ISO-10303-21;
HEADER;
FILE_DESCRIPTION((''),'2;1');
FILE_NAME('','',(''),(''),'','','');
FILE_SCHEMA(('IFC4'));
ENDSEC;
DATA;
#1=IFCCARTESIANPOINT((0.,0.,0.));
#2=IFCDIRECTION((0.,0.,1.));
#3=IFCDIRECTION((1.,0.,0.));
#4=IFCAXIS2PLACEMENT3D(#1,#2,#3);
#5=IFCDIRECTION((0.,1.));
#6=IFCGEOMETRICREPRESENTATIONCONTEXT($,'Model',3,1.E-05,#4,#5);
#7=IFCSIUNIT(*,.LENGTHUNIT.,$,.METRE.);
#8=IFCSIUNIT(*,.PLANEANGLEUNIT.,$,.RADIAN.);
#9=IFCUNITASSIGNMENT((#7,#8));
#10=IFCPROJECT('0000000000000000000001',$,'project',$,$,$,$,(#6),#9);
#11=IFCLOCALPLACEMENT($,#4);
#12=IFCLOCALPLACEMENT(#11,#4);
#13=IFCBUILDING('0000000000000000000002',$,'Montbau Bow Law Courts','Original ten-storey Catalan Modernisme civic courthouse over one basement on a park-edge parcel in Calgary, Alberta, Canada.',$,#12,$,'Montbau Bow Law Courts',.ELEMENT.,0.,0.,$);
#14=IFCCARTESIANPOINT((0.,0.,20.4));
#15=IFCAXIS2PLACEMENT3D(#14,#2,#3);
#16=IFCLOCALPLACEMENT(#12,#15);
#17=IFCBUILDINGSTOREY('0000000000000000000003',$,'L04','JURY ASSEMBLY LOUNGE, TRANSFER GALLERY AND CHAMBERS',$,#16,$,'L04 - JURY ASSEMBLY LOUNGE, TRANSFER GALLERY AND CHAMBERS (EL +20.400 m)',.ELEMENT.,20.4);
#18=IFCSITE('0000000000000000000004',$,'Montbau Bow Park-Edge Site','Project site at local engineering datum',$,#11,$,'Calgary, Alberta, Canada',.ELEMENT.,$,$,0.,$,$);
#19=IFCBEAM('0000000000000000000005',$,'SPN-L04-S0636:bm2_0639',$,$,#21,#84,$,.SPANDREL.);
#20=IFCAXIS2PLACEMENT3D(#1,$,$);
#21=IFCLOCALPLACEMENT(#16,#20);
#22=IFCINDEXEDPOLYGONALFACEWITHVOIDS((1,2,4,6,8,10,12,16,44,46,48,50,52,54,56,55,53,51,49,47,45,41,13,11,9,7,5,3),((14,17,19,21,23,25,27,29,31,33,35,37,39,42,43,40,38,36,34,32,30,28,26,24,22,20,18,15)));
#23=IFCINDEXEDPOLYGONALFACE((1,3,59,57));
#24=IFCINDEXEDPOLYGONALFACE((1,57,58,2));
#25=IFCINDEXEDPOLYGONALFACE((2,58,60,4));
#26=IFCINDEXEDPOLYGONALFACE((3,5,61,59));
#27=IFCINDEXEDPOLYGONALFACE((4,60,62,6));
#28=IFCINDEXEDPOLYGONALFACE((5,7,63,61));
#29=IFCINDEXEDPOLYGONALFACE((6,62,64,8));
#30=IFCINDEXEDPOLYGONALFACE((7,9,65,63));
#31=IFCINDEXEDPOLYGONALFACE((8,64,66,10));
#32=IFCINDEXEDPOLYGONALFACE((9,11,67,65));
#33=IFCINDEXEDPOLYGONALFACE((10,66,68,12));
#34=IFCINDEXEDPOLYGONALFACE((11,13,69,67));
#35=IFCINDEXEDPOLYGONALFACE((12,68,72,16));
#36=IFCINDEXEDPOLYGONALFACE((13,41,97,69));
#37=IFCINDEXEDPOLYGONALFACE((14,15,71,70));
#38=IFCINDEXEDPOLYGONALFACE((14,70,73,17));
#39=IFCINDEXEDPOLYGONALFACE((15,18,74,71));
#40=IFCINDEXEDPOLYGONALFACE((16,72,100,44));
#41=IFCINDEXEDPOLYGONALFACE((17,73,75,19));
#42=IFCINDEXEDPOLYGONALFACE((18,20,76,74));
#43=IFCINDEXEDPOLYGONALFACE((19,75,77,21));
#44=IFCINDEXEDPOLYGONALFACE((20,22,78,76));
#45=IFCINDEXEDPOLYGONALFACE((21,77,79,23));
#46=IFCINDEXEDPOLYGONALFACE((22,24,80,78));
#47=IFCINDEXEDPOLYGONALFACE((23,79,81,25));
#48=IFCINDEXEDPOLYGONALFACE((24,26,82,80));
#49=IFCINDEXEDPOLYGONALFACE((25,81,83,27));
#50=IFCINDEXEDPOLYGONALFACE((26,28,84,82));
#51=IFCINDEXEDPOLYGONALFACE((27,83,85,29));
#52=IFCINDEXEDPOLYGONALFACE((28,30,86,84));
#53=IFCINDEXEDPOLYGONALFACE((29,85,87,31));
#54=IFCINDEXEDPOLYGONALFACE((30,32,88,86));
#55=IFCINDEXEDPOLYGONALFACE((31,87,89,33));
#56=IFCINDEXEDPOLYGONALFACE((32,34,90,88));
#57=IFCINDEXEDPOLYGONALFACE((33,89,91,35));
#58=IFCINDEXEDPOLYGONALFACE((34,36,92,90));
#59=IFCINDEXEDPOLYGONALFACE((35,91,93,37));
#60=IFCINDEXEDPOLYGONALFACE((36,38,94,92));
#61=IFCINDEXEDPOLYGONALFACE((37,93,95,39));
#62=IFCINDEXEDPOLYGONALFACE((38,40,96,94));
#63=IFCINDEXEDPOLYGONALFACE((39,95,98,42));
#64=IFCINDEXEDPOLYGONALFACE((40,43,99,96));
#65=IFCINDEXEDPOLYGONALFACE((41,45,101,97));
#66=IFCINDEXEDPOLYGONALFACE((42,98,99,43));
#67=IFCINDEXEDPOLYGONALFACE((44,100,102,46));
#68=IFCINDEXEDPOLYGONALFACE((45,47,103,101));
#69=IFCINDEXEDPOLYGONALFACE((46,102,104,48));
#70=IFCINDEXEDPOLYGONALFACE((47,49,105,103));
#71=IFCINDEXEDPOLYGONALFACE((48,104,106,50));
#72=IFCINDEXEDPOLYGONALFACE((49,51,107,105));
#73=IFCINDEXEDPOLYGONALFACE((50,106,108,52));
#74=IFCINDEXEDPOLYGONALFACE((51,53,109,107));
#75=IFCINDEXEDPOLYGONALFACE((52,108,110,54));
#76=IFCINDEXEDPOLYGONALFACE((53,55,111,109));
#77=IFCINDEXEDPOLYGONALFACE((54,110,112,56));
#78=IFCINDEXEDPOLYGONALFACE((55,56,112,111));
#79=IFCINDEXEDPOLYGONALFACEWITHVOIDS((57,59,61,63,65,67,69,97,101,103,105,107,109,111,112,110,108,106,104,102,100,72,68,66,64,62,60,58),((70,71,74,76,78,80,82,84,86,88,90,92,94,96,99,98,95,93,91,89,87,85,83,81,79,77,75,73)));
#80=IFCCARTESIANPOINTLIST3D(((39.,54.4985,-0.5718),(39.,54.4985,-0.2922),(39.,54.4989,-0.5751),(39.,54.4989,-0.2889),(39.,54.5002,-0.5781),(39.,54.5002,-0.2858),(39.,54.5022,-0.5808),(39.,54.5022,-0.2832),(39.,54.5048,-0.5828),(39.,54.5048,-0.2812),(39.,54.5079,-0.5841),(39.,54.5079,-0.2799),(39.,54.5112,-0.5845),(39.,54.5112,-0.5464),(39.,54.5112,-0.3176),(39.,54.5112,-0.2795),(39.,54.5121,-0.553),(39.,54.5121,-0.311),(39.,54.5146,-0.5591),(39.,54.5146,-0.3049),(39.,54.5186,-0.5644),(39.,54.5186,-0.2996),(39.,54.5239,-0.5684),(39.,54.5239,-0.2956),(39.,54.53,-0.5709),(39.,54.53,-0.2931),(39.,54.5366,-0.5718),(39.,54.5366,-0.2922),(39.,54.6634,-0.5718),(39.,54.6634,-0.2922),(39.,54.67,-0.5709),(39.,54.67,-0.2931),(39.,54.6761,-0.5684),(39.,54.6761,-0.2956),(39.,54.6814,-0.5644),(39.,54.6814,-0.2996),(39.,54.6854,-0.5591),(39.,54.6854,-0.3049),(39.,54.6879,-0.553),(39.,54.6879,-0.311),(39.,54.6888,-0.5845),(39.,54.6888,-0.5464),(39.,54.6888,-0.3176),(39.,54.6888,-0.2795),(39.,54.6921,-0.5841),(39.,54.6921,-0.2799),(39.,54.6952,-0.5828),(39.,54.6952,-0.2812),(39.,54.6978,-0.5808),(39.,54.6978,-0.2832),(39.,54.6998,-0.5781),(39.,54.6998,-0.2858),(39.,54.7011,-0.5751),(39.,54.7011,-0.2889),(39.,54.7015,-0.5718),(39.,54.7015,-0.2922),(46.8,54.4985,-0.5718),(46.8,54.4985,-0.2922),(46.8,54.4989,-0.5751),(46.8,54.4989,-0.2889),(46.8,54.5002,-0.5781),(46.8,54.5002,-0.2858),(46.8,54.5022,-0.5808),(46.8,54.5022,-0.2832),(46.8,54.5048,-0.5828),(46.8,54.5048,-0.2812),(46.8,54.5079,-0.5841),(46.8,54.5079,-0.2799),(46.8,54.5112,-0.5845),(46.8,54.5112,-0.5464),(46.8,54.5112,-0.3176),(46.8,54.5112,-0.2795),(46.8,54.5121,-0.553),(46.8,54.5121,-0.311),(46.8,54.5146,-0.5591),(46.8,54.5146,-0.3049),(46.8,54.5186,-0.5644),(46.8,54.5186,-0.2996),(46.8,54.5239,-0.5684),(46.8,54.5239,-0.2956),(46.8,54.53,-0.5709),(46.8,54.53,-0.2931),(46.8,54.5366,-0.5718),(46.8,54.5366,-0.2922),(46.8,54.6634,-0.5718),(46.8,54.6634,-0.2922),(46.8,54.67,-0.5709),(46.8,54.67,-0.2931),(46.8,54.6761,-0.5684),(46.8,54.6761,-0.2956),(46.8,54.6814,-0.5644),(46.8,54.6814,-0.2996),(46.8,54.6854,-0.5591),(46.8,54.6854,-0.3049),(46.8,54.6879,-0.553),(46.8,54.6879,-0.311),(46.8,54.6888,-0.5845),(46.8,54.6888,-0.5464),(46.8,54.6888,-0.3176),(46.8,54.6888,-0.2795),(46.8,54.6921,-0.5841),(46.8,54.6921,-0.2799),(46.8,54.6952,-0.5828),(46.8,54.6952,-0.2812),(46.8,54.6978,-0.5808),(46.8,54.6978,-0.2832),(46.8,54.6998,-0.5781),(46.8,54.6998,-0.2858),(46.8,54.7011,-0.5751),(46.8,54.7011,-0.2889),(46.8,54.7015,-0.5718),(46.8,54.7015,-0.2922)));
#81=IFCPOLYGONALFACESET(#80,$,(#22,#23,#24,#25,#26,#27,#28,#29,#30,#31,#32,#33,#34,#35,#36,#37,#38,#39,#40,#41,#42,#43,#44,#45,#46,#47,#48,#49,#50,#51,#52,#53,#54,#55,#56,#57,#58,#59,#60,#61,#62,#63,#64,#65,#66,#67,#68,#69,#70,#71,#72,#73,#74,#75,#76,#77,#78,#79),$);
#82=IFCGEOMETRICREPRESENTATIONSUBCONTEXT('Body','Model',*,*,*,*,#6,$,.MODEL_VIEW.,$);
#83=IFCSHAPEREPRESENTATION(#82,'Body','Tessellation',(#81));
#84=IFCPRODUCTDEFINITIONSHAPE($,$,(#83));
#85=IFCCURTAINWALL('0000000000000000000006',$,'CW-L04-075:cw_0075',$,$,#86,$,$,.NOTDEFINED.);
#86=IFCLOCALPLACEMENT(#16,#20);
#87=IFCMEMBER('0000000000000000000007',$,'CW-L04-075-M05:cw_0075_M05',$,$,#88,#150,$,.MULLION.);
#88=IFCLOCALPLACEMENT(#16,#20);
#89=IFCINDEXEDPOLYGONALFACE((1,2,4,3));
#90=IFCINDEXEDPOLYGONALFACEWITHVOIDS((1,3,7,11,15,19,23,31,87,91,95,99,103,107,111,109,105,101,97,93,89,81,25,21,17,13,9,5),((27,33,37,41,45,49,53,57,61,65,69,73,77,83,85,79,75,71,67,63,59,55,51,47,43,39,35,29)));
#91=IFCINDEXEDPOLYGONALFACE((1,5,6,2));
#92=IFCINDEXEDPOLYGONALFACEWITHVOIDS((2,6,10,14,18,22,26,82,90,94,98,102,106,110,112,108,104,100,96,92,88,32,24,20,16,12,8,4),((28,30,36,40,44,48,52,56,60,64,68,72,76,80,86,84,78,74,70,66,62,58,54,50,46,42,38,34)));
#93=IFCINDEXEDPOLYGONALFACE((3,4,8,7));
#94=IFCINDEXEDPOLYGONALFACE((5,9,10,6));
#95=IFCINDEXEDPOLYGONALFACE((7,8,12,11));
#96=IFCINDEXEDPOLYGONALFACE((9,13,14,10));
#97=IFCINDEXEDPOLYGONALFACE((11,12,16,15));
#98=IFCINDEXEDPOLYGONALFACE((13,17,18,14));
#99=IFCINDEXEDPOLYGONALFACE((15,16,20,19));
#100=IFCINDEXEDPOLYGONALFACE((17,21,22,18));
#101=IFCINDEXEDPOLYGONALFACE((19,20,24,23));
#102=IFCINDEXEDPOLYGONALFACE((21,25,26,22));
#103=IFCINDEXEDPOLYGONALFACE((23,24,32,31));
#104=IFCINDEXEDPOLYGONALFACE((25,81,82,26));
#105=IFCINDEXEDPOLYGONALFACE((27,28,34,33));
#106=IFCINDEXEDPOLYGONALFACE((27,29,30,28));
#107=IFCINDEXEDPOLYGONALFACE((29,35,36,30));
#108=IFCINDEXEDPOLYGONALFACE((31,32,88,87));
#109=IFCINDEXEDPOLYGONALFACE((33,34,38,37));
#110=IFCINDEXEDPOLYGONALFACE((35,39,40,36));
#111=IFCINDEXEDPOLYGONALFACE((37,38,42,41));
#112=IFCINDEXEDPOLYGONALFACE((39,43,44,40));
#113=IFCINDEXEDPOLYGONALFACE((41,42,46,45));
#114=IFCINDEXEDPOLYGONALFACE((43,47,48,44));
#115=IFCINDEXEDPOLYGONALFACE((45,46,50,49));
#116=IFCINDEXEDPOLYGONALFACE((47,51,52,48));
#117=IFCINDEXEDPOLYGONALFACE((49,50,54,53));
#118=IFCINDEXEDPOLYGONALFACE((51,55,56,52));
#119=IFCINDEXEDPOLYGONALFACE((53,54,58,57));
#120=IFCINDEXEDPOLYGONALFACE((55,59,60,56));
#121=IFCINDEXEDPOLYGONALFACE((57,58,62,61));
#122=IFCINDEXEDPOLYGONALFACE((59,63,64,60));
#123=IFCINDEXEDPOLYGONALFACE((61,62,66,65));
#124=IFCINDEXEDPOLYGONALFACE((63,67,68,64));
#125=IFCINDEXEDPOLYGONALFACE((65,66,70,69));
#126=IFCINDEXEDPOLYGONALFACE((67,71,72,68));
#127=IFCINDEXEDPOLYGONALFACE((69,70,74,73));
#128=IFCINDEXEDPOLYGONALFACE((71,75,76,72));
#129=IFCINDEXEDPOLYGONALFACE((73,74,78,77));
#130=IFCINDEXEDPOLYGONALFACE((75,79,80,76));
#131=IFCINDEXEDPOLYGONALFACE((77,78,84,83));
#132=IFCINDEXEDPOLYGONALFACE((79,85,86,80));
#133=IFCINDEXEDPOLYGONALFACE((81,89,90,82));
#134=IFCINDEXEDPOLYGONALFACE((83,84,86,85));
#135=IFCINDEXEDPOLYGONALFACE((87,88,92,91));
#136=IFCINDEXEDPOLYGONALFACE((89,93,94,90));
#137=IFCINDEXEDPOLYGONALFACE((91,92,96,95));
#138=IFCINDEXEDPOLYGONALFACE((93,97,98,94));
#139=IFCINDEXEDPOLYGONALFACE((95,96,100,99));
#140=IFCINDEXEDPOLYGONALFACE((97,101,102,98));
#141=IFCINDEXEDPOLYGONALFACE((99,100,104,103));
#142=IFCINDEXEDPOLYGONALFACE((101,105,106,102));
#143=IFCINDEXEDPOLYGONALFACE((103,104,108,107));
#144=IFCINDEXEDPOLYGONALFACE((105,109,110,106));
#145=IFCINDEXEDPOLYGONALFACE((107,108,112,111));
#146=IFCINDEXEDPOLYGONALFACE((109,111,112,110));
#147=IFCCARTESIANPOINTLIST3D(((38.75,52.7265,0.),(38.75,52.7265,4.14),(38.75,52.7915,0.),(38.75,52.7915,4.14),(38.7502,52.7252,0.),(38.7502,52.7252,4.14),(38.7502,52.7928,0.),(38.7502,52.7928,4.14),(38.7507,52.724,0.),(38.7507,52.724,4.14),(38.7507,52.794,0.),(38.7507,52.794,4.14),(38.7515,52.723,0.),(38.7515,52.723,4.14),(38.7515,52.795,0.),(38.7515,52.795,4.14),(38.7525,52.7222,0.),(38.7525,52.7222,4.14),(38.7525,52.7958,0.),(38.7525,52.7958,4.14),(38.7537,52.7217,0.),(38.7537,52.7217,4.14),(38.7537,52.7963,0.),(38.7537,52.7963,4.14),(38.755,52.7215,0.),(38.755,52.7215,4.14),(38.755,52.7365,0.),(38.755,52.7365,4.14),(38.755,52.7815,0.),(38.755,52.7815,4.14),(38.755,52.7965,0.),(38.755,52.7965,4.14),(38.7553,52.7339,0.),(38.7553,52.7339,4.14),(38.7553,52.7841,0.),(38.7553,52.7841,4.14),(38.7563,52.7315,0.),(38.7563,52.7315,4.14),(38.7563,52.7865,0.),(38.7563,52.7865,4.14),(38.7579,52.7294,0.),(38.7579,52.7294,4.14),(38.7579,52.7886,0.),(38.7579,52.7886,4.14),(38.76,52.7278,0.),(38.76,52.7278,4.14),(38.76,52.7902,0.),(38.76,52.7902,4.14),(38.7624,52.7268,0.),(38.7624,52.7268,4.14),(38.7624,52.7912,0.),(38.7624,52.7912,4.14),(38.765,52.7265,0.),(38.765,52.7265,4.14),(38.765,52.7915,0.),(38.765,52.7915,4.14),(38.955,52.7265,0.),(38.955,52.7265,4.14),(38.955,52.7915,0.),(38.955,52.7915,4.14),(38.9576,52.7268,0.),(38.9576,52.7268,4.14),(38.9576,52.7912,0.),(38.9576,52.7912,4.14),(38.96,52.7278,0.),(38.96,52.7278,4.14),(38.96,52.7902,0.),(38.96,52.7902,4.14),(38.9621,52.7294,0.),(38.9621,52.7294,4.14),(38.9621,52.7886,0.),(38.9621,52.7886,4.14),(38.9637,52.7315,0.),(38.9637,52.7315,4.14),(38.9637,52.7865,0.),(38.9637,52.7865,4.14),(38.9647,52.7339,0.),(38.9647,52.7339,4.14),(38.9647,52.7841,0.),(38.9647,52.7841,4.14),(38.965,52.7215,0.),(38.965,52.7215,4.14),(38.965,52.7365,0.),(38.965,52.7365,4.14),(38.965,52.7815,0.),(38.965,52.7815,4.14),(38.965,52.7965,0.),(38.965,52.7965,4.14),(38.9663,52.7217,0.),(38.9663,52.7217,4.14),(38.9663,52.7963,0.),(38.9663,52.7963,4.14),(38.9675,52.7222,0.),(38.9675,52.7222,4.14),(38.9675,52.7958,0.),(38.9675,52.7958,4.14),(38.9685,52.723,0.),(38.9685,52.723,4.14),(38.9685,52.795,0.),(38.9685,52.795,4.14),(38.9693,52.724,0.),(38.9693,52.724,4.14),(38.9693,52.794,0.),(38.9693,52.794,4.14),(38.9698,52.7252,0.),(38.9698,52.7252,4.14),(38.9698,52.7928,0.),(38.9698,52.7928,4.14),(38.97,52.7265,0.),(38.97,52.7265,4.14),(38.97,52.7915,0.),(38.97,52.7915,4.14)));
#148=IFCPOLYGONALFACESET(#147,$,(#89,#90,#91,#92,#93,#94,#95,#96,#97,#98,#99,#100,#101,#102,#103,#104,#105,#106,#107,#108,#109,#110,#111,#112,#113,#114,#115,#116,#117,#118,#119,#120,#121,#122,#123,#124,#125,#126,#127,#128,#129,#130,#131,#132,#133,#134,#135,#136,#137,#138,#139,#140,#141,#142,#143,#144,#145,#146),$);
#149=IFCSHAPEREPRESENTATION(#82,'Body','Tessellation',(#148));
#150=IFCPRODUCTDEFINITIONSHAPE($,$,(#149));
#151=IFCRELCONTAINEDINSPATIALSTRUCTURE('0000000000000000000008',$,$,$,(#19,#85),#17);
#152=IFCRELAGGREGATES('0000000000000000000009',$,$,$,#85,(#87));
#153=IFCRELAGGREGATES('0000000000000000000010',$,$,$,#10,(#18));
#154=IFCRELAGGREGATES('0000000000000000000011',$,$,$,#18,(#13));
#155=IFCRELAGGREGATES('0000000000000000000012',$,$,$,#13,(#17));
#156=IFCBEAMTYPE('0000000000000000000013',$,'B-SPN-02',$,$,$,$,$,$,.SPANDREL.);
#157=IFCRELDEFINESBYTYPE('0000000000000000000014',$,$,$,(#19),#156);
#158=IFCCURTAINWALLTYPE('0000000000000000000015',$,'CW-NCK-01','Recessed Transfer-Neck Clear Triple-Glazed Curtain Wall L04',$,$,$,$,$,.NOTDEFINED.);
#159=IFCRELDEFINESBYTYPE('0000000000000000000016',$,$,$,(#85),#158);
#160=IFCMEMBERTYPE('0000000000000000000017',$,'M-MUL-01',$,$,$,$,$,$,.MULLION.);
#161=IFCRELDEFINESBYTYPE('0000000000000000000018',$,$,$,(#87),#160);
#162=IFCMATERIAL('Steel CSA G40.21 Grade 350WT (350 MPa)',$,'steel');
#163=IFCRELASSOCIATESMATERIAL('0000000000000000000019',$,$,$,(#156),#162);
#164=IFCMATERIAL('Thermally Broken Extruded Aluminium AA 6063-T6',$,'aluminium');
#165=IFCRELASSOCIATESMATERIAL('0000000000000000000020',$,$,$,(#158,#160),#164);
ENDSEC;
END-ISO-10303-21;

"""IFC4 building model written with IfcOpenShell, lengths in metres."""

from ifc_helpers import new_model, si_unit, direction, frame, origin_with_axes, origin_2d_with_axis, place, context, subcontext, project, spatial, hollow_rectangle, extrude, material, material_profile, profile_set, type_object, element, aggregate, save


model = new_model("IFC4")

# Units and contexts
model_context = context("Model", 3, precision=1e-05, world=origin_with_axes(), true_north=direction((0.0, 1.0)))
body_context = subcontext(model_context, "Body", "Model", "MODEL_VIEW")
ifc_project = project(units=[si_unit("LENGTHUNIT", "METRE"), si_unit("PLANEANGLEUNIT", "RADIAN")], contexts=[model_context])

# Site, building, storey
site_placement = place(None, origin_with_axes())
site = spatial("IfcSite", under=ifc_project, at=site_placement, Name="Montbau Bow Park-Edge Site", Description="Project site at local engineering datum", LongName="Calgary, Alberta, Canada", CompositionType="ELEMENT", RefElevation=0.0)
building_placement = place(site_placement, origin_with_axes())
building = spatial("IfcBuilding", under=site, at=building_placement, Name="Montbau Bow Law Courts", Description="Original ten-storey Catalan Modernisme civic courthouse over one basement on a park-edge parcel in Calgary, Alberta, Canada.", LongName="Montbau Bow Law Courts", CompositionType="ELEMENT", ElevationOfRefHeight=0.0, ElevationOfTerrain=0.0)
storey_placement = place(building_placement, frame((0.0, 0.0, 20.4), z_axis=(0.0, 0.0, 1.0), x_axis=(1.0, 0.0, 0.0)))
storey = spatial("IfcBuildingStorey", under=building, at=storey_placement, Name="L04", Description="JURY ASSEMBLY LOUNGE, TRANSFER GALLERY AND CHAMBERS", LongName="L04 - JURY ASSEMBLY LOUNGE, TRANSFER GALLERY AND CHAMBERS (EL +20.400 m)", CompositionType="ELEMENT", Elevation=20.4)

# Shared definitions
ifc_material_1 = material(Name="Steel CSA G40.21 Grade 350WT (350 MPa)", Category="steel")

# Beam
ifc_material_profile_1 = material_profile(ifc_material_1, hollow_rectangle(XDim=0.203, YDim=0.305, WallThickness=0.0127, InnerFilletRadius=0.0254, OuterFilletRadius=0.0127, at=origin_2d_with_axis()), Name="HSS305X203X13", Category="Main", Priority=0)
ifc_profile_set_1 = profile_set([ifc_material_profile_1], Name="Steel CSA G40.21 Grade 350WT (350 MPa)")
beam_type_1 = type_object("IfcBeamType", Name="B-SPN-02", PredefinedType="SPANDREL", material=ifc_profile_set_1)
beam_1_placement = place(None, frame((39.0, 54.6, 19.968), z_axis=(1.0, 0.0, 0.0), x_axis=(0.0, 1.0, 0.0)))
element("IfcBeam", 1, at=beam_1_placement, inside=storey, type_object=beam_type_1, Name="SPN-L04-S0636:bm2_0639", PredefinedType="SPANDREL", context=body_context, shape_type="SweptSolid", body=[
    extrude(hollow_rectangle(XDim=0.203, YDim=0.305, WallThickness=0.0127, InnerFilletRadius=0.0254, OuterFilletRadius=0.0127, at=origin_2d_with_axis()), origin_with_axes(), (0.0, 0.0, 1.0), 7.8),
])

# Curtain wall, member
ifc_material_2 = material(Name="Thermally Broken Extruded Aluminium AA 6063-T6", Category="aluminium")
curtain_wall_type = type_object("IfcCurtainWallType", Name="CW-NCK-01", Description="Recessed Transfer-Neck Clear Triple-Glazed Curtain Wall L04", PredefinedType="NOTDEFINED", material=ifc_material_2)
curtain_wall_1_placement = place(None, frame((38.86, 46.468, 20.4), z_axis=(0.0, 0.0, 1.0), x_axis=(1.0, 0.0, 0.0)))
curtain_wall_1 = element("IfcCurtainWall", 2, at=curtain_wall_1_placement, inside=storey, type_object=curtain_wall_type, Name="CW-L04-075:cw_0075", PredefinedType="NOTDEFINED")
ifc_material_profile_2 = material_profile(ifc_material_2, hollow_rectangle(XDim=0.075, YDim=0.22, WallThickness=0.005, InnerFilletRadius=0.01, OuterFilletRadius=0.005, at=origin_2d_with_axis()), Name="CWM-220X75", Category="Main", Priority=0)
ifc_profile_set_2 = profile_set([ifc_material_profile_2], Name="Thermally Broken Extruded Aluminium AA 6063-T6")
member_type_1 = type_object("IfcMemberType", Name="M-MUL-01", PredefinedType="MULLION", material=ifc_profile_set_2)
member_1_placement = place(None, frame((38.86, 52.759, 20.4), z_axis=(0.0, 0.0, 1.0), x_axis=(0.0, 1.0, 0.0)))
member_1 = element("IfcMember", 3, at=member_1_placement, type_object=member_type_1, Name="CW-L04-075-M05:cw_0075_M05", PredefinedType="MULLION", context=body_context, shape_type="SweptSolid", body=[
    extrude(hollow_rectangle(XDim=0.075, YDim=0.22, WallThickness=0.005, InnerFilletRadius=0.01, OuterFilletRadius=0.005, at=origin_2d_with_axis()), origin_with_axes(), (0.0, 0.0, 1.0), 4.14),
])

aggregate(curtain_wall_1, [member_1])

save(model, "model.ifc")
